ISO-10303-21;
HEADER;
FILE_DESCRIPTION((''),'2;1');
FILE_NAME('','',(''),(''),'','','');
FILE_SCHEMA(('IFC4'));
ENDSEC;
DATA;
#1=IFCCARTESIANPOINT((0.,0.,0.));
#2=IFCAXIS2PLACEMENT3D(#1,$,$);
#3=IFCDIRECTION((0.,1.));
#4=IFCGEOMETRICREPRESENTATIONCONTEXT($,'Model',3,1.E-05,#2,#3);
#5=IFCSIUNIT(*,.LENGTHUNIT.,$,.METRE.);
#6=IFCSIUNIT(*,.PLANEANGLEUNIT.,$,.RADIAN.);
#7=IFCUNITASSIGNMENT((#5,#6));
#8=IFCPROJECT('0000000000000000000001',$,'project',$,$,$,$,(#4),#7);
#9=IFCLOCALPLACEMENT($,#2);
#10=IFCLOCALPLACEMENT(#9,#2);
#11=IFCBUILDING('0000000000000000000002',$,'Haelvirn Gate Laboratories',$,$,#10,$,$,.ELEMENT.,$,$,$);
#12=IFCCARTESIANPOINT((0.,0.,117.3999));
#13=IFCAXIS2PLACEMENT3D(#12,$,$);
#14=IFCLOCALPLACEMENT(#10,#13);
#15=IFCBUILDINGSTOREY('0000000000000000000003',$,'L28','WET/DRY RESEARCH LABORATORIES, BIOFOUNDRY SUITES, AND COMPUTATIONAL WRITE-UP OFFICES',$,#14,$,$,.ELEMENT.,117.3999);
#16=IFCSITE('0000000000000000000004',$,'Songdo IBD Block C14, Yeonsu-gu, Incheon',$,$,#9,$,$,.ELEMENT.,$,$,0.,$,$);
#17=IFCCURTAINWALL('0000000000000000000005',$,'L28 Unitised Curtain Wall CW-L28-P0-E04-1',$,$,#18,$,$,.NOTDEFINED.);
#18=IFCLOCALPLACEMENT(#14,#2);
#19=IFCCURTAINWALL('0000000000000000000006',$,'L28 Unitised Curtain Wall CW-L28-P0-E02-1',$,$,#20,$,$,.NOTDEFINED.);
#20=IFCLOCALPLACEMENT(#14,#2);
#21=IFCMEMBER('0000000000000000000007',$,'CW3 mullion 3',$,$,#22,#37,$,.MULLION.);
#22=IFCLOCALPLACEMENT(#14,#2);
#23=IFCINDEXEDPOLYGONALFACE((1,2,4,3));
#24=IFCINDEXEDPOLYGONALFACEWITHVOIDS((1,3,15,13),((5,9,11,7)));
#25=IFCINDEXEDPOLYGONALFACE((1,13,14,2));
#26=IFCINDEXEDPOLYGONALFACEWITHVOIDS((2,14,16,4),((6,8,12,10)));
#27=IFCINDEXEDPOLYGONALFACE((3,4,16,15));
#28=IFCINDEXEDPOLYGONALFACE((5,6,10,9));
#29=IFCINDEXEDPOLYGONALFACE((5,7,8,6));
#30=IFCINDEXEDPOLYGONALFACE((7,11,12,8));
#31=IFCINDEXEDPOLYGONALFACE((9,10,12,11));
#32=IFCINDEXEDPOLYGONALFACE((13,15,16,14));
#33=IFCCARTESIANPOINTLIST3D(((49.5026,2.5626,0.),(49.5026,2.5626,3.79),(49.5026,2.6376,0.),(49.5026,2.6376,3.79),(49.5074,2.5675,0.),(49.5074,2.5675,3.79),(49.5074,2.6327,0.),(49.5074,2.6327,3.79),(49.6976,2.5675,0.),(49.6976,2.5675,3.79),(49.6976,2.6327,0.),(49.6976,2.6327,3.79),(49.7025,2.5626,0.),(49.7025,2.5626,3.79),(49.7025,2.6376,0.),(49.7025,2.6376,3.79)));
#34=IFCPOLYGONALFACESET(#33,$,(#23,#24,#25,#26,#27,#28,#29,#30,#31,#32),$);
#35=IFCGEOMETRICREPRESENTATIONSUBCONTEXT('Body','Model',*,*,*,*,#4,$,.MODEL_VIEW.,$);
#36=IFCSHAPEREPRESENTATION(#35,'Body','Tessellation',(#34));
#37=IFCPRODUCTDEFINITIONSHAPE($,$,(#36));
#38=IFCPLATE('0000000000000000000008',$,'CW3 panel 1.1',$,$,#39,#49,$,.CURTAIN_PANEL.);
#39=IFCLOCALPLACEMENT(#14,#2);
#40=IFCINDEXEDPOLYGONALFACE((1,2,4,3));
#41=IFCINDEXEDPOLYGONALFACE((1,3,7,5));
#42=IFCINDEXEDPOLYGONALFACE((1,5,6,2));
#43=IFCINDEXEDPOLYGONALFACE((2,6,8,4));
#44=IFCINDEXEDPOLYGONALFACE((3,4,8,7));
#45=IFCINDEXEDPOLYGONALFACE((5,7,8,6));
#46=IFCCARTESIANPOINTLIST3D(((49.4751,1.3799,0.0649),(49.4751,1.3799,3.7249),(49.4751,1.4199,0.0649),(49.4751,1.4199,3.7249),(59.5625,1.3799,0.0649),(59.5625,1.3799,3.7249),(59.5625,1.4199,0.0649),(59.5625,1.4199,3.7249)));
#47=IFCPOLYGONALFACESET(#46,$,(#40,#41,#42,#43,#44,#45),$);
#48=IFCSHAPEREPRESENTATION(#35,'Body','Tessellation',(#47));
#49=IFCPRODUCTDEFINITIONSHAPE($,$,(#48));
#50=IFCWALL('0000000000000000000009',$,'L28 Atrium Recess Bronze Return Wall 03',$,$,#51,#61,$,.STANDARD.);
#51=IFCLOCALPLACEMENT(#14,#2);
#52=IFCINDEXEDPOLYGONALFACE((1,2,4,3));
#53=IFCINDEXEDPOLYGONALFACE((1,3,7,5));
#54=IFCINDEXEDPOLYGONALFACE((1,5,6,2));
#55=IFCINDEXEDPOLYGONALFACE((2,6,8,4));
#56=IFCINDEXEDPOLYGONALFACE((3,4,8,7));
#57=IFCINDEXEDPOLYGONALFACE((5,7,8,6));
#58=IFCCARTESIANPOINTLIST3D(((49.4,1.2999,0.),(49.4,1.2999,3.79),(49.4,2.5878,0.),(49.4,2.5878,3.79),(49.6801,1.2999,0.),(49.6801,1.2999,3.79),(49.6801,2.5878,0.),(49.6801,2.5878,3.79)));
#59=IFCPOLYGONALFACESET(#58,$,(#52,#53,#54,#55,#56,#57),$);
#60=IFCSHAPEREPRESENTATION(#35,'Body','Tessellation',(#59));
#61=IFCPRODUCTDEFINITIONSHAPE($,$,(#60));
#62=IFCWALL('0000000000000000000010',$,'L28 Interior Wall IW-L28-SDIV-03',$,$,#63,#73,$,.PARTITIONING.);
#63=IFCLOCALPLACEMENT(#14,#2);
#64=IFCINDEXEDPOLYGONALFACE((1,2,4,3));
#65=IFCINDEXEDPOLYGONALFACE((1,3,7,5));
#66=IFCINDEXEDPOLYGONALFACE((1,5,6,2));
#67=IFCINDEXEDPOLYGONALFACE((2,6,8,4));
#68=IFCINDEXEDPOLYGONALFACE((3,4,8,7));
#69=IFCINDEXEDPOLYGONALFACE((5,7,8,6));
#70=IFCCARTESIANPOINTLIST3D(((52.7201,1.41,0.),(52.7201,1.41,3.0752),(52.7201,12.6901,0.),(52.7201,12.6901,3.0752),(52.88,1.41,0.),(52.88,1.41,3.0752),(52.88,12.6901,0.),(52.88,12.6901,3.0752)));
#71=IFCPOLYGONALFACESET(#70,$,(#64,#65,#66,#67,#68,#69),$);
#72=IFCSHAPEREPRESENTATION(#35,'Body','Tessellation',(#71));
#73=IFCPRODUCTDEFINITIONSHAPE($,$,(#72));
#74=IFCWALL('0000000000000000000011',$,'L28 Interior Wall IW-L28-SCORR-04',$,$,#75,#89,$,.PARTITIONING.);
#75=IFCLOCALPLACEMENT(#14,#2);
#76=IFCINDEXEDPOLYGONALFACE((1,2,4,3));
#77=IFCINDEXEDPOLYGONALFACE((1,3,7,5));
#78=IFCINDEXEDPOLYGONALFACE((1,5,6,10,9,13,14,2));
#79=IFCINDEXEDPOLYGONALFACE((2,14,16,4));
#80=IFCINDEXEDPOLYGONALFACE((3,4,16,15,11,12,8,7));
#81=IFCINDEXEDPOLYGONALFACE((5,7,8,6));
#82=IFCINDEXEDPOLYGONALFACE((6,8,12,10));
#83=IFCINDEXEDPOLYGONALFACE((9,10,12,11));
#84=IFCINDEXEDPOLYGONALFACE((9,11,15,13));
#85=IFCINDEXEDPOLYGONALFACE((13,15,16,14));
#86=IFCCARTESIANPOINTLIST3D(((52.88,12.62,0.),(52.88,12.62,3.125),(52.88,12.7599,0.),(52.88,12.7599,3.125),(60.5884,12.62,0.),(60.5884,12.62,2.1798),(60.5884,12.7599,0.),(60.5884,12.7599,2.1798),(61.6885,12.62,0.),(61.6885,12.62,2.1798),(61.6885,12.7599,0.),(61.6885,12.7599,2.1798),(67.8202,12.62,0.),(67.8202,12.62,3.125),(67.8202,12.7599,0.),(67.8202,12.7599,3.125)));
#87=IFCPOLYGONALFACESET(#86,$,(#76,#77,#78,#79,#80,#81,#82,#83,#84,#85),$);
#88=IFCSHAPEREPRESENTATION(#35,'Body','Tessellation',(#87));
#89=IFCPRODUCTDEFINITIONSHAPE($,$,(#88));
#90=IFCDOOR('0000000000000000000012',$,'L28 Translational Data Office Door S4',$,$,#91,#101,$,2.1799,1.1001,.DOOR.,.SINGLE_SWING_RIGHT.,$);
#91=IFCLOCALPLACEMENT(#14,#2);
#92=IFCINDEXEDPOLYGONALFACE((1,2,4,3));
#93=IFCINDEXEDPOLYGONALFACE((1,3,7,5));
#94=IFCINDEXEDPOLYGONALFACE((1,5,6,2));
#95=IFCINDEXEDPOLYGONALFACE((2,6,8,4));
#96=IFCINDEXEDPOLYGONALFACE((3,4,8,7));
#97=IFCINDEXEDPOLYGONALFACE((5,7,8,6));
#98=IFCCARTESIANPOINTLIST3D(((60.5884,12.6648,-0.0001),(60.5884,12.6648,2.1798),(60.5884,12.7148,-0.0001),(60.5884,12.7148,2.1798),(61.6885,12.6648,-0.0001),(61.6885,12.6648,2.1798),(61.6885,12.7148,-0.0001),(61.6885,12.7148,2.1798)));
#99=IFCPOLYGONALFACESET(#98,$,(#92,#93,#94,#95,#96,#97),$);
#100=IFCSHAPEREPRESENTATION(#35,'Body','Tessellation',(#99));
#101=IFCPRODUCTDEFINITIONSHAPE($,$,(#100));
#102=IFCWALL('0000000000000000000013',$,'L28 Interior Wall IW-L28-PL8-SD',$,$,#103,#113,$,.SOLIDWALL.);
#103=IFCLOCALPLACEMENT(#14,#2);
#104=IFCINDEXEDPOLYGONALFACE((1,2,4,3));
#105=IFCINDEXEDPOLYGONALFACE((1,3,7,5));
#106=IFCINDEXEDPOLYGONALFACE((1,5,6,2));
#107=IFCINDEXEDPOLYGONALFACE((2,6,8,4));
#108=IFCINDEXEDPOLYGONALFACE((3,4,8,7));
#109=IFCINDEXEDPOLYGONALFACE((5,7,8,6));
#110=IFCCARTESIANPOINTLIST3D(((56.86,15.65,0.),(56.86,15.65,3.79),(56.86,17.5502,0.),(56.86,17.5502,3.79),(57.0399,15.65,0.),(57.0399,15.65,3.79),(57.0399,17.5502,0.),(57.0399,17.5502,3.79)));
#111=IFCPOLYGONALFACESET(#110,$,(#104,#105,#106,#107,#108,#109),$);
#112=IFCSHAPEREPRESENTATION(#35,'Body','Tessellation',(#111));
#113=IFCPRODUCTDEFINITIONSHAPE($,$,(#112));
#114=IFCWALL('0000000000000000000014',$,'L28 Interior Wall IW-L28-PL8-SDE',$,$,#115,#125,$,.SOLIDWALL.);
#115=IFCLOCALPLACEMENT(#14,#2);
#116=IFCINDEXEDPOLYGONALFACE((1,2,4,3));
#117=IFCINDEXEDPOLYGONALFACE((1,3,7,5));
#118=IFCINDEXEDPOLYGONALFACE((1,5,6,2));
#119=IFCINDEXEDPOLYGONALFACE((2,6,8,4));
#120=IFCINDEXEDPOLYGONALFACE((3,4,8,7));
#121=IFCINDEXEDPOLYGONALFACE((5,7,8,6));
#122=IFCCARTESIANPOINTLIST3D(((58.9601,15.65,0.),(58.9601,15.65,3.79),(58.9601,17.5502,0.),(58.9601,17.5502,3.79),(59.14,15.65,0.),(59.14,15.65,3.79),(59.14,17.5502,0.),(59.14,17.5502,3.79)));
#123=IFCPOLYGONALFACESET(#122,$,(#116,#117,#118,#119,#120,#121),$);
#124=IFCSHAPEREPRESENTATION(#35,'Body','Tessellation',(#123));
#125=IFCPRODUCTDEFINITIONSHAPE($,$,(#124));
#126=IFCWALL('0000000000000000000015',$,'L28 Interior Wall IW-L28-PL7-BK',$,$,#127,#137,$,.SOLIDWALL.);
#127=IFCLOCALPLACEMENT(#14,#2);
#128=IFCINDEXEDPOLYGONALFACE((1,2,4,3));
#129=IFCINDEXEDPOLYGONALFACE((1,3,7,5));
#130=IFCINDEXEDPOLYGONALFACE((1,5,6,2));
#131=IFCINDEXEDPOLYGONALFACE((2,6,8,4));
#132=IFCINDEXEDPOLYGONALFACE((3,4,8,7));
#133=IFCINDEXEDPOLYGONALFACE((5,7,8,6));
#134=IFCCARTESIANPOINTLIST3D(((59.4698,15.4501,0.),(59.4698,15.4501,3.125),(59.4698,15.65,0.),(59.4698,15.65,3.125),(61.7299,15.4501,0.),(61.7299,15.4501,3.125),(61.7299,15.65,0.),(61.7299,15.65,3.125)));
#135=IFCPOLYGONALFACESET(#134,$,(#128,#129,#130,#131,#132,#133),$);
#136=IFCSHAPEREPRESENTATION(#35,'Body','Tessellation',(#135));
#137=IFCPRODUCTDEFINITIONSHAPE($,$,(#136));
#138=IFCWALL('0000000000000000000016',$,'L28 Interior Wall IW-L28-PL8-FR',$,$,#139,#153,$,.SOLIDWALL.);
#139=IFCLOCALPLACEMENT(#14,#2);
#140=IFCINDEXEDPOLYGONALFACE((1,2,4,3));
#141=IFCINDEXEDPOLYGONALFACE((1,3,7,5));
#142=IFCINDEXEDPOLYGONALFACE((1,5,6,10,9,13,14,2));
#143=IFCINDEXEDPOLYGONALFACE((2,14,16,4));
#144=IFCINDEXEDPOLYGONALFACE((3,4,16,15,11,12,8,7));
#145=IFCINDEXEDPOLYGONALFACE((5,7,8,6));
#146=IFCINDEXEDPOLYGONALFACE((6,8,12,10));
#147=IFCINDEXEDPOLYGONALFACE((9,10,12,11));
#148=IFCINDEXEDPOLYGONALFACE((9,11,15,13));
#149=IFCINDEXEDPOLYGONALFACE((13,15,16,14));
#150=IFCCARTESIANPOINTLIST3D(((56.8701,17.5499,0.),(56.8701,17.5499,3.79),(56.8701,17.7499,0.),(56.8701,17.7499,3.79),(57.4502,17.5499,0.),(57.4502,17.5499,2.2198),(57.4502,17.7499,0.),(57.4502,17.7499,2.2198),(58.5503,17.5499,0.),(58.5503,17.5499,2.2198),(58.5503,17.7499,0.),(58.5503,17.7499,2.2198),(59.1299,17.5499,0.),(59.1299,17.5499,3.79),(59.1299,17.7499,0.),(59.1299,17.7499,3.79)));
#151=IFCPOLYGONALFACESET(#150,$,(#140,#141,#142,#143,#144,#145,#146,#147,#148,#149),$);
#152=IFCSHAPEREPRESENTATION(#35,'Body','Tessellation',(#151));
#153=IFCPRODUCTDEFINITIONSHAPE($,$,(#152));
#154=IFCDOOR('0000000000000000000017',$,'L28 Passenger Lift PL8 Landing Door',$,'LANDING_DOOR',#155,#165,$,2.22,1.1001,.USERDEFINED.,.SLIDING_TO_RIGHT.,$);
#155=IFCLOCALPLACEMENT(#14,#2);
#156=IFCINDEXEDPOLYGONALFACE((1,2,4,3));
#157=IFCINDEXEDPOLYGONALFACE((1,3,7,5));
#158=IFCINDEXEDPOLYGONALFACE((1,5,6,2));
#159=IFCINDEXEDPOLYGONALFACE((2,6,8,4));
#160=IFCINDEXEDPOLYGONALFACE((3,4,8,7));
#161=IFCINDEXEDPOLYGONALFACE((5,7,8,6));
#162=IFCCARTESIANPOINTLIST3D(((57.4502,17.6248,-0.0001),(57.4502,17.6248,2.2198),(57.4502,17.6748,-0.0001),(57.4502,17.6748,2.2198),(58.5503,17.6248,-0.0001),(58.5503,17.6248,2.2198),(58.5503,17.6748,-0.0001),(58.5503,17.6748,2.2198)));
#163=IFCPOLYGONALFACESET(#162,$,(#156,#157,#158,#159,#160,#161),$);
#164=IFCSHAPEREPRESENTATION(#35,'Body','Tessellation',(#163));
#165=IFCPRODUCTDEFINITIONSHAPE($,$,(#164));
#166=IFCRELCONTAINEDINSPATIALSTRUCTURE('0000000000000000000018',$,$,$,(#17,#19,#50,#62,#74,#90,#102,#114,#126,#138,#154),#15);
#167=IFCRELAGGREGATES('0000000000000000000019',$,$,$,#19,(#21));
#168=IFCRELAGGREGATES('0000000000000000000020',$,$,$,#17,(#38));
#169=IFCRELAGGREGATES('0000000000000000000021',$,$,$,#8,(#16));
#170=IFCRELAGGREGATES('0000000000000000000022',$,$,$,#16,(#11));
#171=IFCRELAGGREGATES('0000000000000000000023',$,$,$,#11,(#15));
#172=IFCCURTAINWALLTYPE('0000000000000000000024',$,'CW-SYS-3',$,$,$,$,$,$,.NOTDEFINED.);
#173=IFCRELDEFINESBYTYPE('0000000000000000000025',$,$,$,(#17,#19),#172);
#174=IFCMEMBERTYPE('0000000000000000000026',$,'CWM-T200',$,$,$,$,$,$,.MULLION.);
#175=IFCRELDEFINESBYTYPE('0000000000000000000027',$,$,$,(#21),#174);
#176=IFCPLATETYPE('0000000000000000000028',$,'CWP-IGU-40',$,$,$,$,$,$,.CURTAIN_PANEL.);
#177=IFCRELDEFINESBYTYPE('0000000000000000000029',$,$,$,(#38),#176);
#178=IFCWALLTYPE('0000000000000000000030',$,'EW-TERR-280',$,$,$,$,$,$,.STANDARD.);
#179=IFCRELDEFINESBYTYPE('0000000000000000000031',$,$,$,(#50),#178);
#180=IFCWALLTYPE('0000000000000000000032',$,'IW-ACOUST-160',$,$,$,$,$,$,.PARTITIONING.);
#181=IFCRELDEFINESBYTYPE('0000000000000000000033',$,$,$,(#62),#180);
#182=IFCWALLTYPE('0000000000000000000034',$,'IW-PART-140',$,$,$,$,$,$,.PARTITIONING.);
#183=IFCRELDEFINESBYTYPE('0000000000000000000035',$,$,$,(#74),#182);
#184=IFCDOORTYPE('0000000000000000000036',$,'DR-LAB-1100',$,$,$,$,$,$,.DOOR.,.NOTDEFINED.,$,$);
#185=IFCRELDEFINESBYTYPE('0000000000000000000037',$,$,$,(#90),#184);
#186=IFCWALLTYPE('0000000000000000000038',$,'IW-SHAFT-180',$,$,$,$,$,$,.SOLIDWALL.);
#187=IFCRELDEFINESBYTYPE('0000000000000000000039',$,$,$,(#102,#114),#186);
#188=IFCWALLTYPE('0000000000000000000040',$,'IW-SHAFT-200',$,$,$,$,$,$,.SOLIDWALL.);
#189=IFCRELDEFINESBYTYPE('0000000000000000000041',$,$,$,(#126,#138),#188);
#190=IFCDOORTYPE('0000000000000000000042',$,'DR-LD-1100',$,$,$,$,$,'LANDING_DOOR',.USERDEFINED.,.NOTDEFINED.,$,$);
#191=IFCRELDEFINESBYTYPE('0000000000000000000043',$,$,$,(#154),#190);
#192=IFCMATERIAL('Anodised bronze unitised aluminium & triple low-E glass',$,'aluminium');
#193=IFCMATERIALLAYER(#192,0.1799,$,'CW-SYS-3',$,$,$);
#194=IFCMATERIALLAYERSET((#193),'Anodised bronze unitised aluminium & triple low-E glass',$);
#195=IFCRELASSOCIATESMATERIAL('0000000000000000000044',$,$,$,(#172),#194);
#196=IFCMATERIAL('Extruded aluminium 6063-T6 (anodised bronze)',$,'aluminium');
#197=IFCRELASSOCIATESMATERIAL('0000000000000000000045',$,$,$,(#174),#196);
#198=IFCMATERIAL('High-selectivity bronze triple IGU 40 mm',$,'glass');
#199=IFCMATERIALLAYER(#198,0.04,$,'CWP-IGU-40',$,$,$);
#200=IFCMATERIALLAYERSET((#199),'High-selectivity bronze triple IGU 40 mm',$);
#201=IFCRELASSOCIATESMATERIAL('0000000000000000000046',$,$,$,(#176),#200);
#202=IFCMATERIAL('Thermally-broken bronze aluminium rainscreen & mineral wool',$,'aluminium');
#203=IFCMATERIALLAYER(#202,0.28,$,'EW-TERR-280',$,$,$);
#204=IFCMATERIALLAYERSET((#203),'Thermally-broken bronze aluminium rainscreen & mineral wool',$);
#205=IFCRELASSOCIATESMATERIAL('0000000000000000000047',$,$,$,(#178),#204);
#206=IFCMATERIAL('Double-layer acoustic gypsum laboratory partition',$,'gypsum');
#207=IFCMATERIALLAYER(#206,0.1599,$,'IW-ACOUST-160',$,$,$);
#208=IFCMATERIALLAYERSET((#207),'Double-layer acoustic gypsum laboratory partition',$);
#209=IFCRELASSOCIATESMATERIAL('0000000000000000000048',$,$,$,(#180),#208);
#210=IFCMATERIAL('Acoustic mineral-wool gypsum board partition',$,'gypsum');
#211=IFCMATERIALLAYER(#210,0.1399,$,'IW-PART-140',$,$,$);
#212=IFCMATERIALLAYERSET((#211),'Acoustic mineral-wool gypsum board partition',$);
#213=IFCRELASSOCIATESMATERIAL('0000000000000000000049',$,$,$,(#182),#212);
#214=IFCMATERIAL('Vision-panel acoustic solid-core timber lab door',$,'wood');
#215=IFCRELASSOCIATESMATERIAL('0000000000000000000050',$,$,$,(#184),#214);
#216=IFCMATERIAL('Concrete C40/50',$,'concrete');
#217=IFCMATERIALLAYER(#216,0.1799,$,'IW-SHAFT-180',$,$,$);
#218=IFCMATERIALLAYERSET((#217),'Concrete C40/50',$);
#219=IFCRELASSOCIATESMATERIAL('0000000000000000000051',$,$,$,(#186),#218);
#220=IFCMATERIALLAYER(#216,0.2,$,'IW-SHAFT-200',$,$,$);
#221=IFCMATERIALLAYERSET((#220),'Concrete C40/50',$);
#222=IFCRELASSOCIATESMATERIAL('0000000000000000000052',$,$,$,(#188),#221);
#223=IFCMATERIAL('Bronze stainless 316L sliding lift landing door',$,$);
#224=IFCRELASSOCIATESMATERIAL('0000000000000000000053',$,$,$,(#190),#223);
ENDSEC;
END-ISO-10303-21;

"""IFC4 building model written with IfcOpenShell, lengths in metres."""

from ifc_helpers import new_model, si_unit, direction, frame, frame_2d, origin, origin_2d, place, context, subcontext, project, spatial, rectangle, hollow_rectangle, extrude, source, transform, mapped, material, layer, layer_set, material_profile, profile_set, type_object, type_shapes, element, fill, aggregate, save


model = new_model("IFC4")

# Units and contexts
model_context = context("Model", 3, precision=1e-05, world=origin(), true_north=direction((0.0, 1.0)))
body_context = subcontext(model_context, "Body", "Model", "MODEL_VIEW")
ifc_project = project(units=[si_unit("LENGTHUNIT", "METRE"), si_unit("PLANEANGLEUNIT", "RADIAN")], contexts=[model_context])

# Site, building, storey
site_placement = place(None, origin())
site = spatial("IfcSite", under=ifc_project, at=site_placement, Name="Songdo IBD Block C14, Yeonsu-gu, Incheon", CompositionType="ELEMENT", RefElevation=0.0)
building_placement = place(site_placement, origin())
building = spatial("IfcBuilding", under=site, at=building_placement, Name="Haelvirn Gate Laboratories", CompositionType="ELEMENT")
storey_placement = place(building_placement, frame((0.0, 0.0, 117.3999)))
storey = spatial("IfcBuildingStorey", under=building, at=storey_placement, Name="L28", Description="WET/DRY RESEARCH LABORATORIES, BIOFOUNDRY SUITES, AND COMPUTATIONAL WRITE-UP OFFICES", CompositionType="ELEMENT", Elevation=117.3999)

# Curtain wall
ifc_material_1 = material(Name="Anodised bronze unitised aluminium & triple low-E glass", Category="aluminium")
ifc_layer_1 = layer(ifc_material_1, 0.1799, Name="CW-SYS-3")
ifc_layer_set_1 = layer_set([ifc_layer_1], Name="Anodised bronze unitised aluminium & triple low-E glass")
curtain_wall_type = type_object("IfcCurtainWallType", Name="CW-SYS-3", PredefinedType="NOTDEFINED", material=ifc_layer_set_1)
curtain_wall_1_placement = place(storey_placement, origin())
curtain_wall_1 = element("IfcCurtainWall", 1, at=curtain_wall_1_placement, inside=storey, type_object=curtain_wall_type, Name="L28 Unitised Curtain Wall CW-L28-P0-E04-1", PredefinedType="NOTDEFINED")
ifc_material_2 = material(Name="Extruded aluminium 6063-T6 (anodised bronze)", Category="aluminium")

# Curtain wall, member
curtain_wall_2_placement = place(storey_placement, origin())
curtain_wall_2 = element("IfcCurtainWall", 2, at=curtain_wall_2_placement, inside=storey, type_object=curtain_wall_type, Name="L28 Unitised Curtain Wall CW-L28-P0-E02-1", PredefinedType="NOTDEFINED")
ifc_material_profile_1 = material_profile(ifc_material_2, hollow_rectangle(XDim=0.075, YDim=0.2, WallThickness=0.0049, at=origin_2d()), Name="CWM-200x75x5")
ifc_profile_set_1 = profile_set([ifc_material_profile_1], Name="Extruded aluminium 6063-T6 (anodised bronze)")
member_type_1 = type_object("IfcMemberType", Name="CWM-T200", PredefinedType="MULLION", material=ifc_profile_set_1)
shared_shape_1 = source(origin(), body_context, "Body", "SweptSolid", [
    extrude(hollow_rectangle(XDim=0.075, YDim=0.2, WallThickness=0.0049, at=origin_2d()), origin(), (0.0, 0.0, 1.0), 3.79),
])
type_shapes(member_type_1, [shared_shape_1])
member_1_placement = place(storey_placement, frame((49.6025, 2.6001, 0.0), z_axis=(0.0, 0.0, 1.0), x_axis=(0.0, 1.0, 0.0)))
member_1 = element("IfcMember", 3, at=member_1_placement, type_object=member_type_1, Name="CW3 mullion 3", PredefinedType="MULLION", context=body_context, shape_type="MappedRepresentation", body=[
    mapped(shared_shape_1, transform((0.0, 0.0, 0.0), scale=1.0)),
])
aggregate(curtain_wall_2, [member_1])

# Plate
ifc_material_3 = material(Name="High-selectivity bronze triple IGU 40 mm", Category="glass")
ifc_layer_2 = layer(ifc_material_3, 0.04, Name="CWP-IGU-40")
ifc_layer_set_2 = layer_set([ifc_layer_2], Name="High-selectivity bronze triple IGU 40 mm")
plate_type = type_object("IfcPlateType", Name="CWP-IGU-40", PredefinedType="CURTAIN_PANEL", material=ifc_layer_set_2)
shared_shape_2 = source(origin(), body_context, "Body", "SweptSolid", [
    extrude(rectangle(XDim=10.0874, YDim=0.04, at=origin_2d()), origin(), (0.0, 0.0, 1.0), 3.6599),
])
type_shapes(plate_type, [shared_shape_2])
plate_placement = place(storey_placement, frame((54.5188, 1.3999, 0.0649), z_axis=(0.0, 0.0, 1.0), x_axis=(1.0, 0.0, 0.0)))
plate = element("IfcPlate", 4, at=plate_placement, type_object=plate_type, Name="CW3 panel 1.1", PredefinedType="CURTAIN_PANEL", context=body_context, shape_type="MappedRepresentation", body=[
    mapped(shared_shape_2, transform((0.0, 0.0, 0.0), scale=1.0)),
])
aggregate(curtain_wall_1, [plate])

# Walls
ifc_material_4 = material(Name="Thermally-broken bronze aluminium rainscreen & mineral wool", Category="aluminium")
ifc_layer_3 = layer(ifc_material_4, 0.28, Name="EW-TERR-280")
ifc_layer_set_3 = layer_set([ifc_layer_3], Name="Thermally-broken bronze aluminium rainscreen & mineral wool")
wall_type_1 = type_object("IfcWallType", Name="EW-TERR-280", PredefinedType="STANDARD", material=ifc_layer_set_3)
wall_1_placement = place(storey_placement, frame((49.54, 2.5879, 0.0), z_axis=(0.0, 0.0, 1.0), x_axis=(0.0, -1.0, 0.0)))
element("IfcWall", 5, at=wall_1_placement, inside=storey, type_object=wall_type_1, Name="L28 Atrium Recess Bronze Return Wall 03", PredefinedType="STANDARD", context=body_context, shape_type="SweptSolid", body=[
    extrude(rectangle(XDim=1.2878, YDim=0.28, at=frame_2d((0.644, 0.0))), origin(), (0.0, 0.0, 1.0), 3.79),
])
ifc_material_5 = material(Name="Double-layer acoustic gypsum laboratory partition", Category="gypsum")
ifc_layer_4 = layer(ifc_material_5, 0.1599, Name="IW-ACOUST-160")
ifc_layer_set_4 = layer_set([ifc_layer_4], Name="Double-layer acoustic gypsum laboratory partition")
wall_type_2 = type_object("IfcWallType", Name="IW-ACOUST-160", PredefinedType="PARTITIONING", material=ifc_layer_set_4)
wall_2_placement = place(storey_placement, frame((52.8, 1.4099, 0.0), z_axis=(0.0, 0.0, 1.0), x_axis=(0.0, 1.0, 0.0)))
element("IfcWall", 6, at=wall_2_placement, inside=storey, type_object=wall_type_2, Name="L28 Interior Wall IW-L28-SDIV-03", PredefinedType="PARTITIONING", context=body_context, shape_type="SweptSolid", body=[
    extrude(rectangle(XDim=11.28, YDim=0.1599, at=frame_2d((5.6401, 0.0))), origin(), (0.0, 0.0, 1.0), 3.0752),
])

# Wall, opening, door
ifc_material_6 = material(Name="Acoustic mineral-wool gypsum board partition", Category="gypsum")
ifc_layer_5 = layer(ifc_material_6, 0.1399, Name="IW-PART-140")
ifc_layer_set_5 = layer_set([ifc_layer_5], Name="Acoustic mineral-wool gypsum board partition")
wall_type_3 = type_object("IfcWallType", Name="IW-PART-140", PredefinedType="PARTITIONING", material=ifc_layer_set_5)
wall_3_placement = place(storey_placement, frame((52.8799, 12.6899, 0.0), z_axis=(0.0, 0.0, 1.0), x_axis=(1.0, 0.0, 0.0)))
wall_3 = element("IfcWall", 7, at=wall_3_placement, inside=storey, type_object=wall_type_3, Name="L28 Interior Wall IW-L28-SCORR-04", PredefinedType="PARTITIONING", context=body_context, shape_type="SweptSolid", body=[
    extrude(rectangle(XDim=14.9402, YDim=0.1399, at=frame_2d((7.4702, 0.0))), origin(), (0.0, 0.0, 1.0), 3.125),
])
opening_1_placement = place(wall_3_placement, frame((7.7085, 0.0, 0.0)))
opening_1 = element("IfcOpeningElement", 8, at=opening_1_placement, cuts=wall_3, PredefinedType="OPENING", context=body_context, shape_type="SweptSolid", body=[
    extrude(rectangle(XDim=1.1001, YDim=2.1799, at=frame_2d((0.55, 1.0898))), frame((0.0, 0.0801, 0.0), z_axis=(0.0, -1.0, 0.0), x_axis=(1.0, 0.0, 0.0)), (0.0, 0.0, 1.0), 0.1599),
])
ifc_material_7 = material(Name="Vision-panel acoustic solid-core timber lab door", Category="wood")
door_type_1 = type_object("IfcDoorType", Name="DR-LAB-1100", OperationType="NOTDEFINED", PredefinedType="DOOR", material=ifc_material_7)
shared_shape_3 = source(origin(), body_context, "Body", "SweptSolid", [
    extrude(rectangle(XDim=1.1001, YDim=2.1799, at=frame_2d((0.55, 1.0898))), frame((0.0, 0.0249, 0.0), z_axis=(0.0, -1.0, 0.0), x_axis=(1.0, 0.0, 0.0)), (0.0, 0.0, 1.0), 0.05),
])
type_shapes(door_type_1, [shared_shape_3])
door_1_placement = place(opening_1_placement, origin())
door_1 = element("IfcDoor", 9, at=door_1_placement, inside=storey, type_object=door_type_1, Name="L28 Translational Data Office Door S4", OperationType="SINGLE_SWING_RIGHT", OverallHeight=2.1799, OverallWidth=1.1001, PredefinedType="DOOR", context=body_context, shape_type="MappedRepresentation", body=[
    mapped(shared_shape_3, transform((0.0, 0.0, 0.0), scale=1.0)),
])
fill(opening_1, door_1)

# Walls
ifc_material_8 = material(Name="Concrete C40/50", Category="concrete")
ifc_layer_6 = layer(ifc_material_8, 0.1799, Name="IW-SHAFT-180")
ifc_layer_set_6 = layer_set([ifc_layer_6], Name="Concrete C40/50")
wall_type_4 = type_object("IfcWallType", Name="IW-SHAFT-180", PredefinedType="SOLIDWALL", material=ifc_layer_set_6)
for number, where, z_axis, x_axis, name in (
    (10, (56.95, 15.6499, 0.0), (0.0, 0.0, 1.0), (0.0, 1.0, 0.0), "L28 Interior Wall IW-L28-PL8-SD"),
    (11, (59.05, 15.6499, 0.0), (0.0, 0.0, 1.0), (0.0, 1.0, 0.0), "L28 Interior Wall IW-L28-PL8-SDE"),
):
    element("IfcWall", number, at=place(storey_placement, frame(where, z_axis=z_axis, x_axis=x_axis)), inside=storey, type_object=wall_type_4, Name=name, PredefinedType="SOLIDWALL", context=body_context, shape_type="SweptSolid", body=[
        extrude(rectangle(XDim=1.9001, YDim=0.1799, at=frame_2d((0.9502, 0.0))), origin(), (0.0, 0.0, 1.0), 3.79),
    ])
ifc_layer_7 = layer(ifc_material_8, 0.2, Name="IW-SHAFT-200")
ifc_layer_set_7 = layer_set([ifc_layer_7], Name="Concrete C40/50")
wall_type_5 = type_object("IfcWallType", Name="IW-SHAFT-200", PredefinedType="SOLIDWALL", material=ifc_layer_set_7)
wall_4_placement = place(storey_placement, frame((59.47, 15.55, 0.0), z_axis=(0.0, 0.0, 1.0), x_axis=(1.0, 0.0, 0.0)))
element("IfcWall", 12, at=wall_4_placement, inside=storey, type_object=wall_type_5, Name="L28 Interior Wall IW-L28-PL7-BK", PredefinedType="SOLIDWALL", context=body_context, shape_type="SweptSolid", body=[
    extrude(rectangle(XDim=2.26, YDim=0.2, at=frame_2d((1.1299, 0.0))), origin(), (0.0, 0.0, 1.0), 3.125),
])

# Wall, opening, door
wall_5_placement = place(storey_placement, frame((56.8701, 17.6499, 0.0), z_axis=(0.0, 0.0, 1.0), x_axis=(1.0, 0.0, 0.0)))
wall_5 = element("IfcWall", 13, at=wall_5_placement, inside=storey, type_object=wall_type_5, Name="L28 Interior Wall IW-L28-PL8-FR", PredefinedType="SOLIDWALL", context=body_context, shape_type="SweptSolid", body=[
    extrude(rectangle(XDim=2.2598, YDim=0.2, at=frame_2d((1.1299, 0.0))), origin(), (0.0, 0.0, 1.0), 3.79),
])
opening_2_placement = place(wall_5_placement, frame((0.5801, 0.0, 0.0)))
opening_2 = element("IfcOpeningElement", 14, at=opening_2_placement, cuts=wall_5, PredefinedType="OPENING", context=body_context, shape_type="SweptSolid", body=[
    extrude(rectangle(XDim=1.1001, YDim=2.22, at=frame_2d((0.55, 1.1099))), frame((0.0, 0.1099, 0.0), z_axis=(0.0, -1.0, 0.0), x_axis=(1.0, 0.0, 0.0)), (0.0, 0.0, 1.0), 0.22),
])
ifc_material_9 = material(Name="Bronze stainless 316L sliding lift landing door")
door_type_2 = type_object("IfcDoorType", Name="DR-LD-1100", ElementType="LANDING_DOOR", OperationType="NOTDEFINED", PredefinedType="USERDEFINED", material=ifc_material_9)
shared_shape_4 = source(origin(), body_context, "Body", "SweptSolid", [
    extrude(rectangle(XDim=1.1001, YDim=2.22, at=frame_2d((0.55, 1.1099))), frame((0.0, 0.0249, 0.0), z_axis=(0.0, -1.0, 0.0), x_axis=(1.0, 0.0, 0.0)), (0.0, 0.0, 1.0), 0.05),
])
type_shapes(door_type_2, [shared_shape_4])
door_2_placement = place(opening_2_placement, origin())
door_2 = element("IfcDoor", 15, at=door_2_placement, inside=storey, type_object=door_type_2, Name="L28 Passenger Lift PL8 Landing Door", ObjectType="LANDING_DOOR", OperationType="SLIDING_TO_RIGHT", OverallHeight=2.22, OverallWidth=1.1001, PredefinedType="USERDEFINED", context=body_context, shape_type="MappedRepresentation", body=[
    mapped(shared_shape_4, transform((0.0, 0.0, 0.0), scale=1.0)),
])
fill(opening_2, door_2)

save(model, "model.ifc")
